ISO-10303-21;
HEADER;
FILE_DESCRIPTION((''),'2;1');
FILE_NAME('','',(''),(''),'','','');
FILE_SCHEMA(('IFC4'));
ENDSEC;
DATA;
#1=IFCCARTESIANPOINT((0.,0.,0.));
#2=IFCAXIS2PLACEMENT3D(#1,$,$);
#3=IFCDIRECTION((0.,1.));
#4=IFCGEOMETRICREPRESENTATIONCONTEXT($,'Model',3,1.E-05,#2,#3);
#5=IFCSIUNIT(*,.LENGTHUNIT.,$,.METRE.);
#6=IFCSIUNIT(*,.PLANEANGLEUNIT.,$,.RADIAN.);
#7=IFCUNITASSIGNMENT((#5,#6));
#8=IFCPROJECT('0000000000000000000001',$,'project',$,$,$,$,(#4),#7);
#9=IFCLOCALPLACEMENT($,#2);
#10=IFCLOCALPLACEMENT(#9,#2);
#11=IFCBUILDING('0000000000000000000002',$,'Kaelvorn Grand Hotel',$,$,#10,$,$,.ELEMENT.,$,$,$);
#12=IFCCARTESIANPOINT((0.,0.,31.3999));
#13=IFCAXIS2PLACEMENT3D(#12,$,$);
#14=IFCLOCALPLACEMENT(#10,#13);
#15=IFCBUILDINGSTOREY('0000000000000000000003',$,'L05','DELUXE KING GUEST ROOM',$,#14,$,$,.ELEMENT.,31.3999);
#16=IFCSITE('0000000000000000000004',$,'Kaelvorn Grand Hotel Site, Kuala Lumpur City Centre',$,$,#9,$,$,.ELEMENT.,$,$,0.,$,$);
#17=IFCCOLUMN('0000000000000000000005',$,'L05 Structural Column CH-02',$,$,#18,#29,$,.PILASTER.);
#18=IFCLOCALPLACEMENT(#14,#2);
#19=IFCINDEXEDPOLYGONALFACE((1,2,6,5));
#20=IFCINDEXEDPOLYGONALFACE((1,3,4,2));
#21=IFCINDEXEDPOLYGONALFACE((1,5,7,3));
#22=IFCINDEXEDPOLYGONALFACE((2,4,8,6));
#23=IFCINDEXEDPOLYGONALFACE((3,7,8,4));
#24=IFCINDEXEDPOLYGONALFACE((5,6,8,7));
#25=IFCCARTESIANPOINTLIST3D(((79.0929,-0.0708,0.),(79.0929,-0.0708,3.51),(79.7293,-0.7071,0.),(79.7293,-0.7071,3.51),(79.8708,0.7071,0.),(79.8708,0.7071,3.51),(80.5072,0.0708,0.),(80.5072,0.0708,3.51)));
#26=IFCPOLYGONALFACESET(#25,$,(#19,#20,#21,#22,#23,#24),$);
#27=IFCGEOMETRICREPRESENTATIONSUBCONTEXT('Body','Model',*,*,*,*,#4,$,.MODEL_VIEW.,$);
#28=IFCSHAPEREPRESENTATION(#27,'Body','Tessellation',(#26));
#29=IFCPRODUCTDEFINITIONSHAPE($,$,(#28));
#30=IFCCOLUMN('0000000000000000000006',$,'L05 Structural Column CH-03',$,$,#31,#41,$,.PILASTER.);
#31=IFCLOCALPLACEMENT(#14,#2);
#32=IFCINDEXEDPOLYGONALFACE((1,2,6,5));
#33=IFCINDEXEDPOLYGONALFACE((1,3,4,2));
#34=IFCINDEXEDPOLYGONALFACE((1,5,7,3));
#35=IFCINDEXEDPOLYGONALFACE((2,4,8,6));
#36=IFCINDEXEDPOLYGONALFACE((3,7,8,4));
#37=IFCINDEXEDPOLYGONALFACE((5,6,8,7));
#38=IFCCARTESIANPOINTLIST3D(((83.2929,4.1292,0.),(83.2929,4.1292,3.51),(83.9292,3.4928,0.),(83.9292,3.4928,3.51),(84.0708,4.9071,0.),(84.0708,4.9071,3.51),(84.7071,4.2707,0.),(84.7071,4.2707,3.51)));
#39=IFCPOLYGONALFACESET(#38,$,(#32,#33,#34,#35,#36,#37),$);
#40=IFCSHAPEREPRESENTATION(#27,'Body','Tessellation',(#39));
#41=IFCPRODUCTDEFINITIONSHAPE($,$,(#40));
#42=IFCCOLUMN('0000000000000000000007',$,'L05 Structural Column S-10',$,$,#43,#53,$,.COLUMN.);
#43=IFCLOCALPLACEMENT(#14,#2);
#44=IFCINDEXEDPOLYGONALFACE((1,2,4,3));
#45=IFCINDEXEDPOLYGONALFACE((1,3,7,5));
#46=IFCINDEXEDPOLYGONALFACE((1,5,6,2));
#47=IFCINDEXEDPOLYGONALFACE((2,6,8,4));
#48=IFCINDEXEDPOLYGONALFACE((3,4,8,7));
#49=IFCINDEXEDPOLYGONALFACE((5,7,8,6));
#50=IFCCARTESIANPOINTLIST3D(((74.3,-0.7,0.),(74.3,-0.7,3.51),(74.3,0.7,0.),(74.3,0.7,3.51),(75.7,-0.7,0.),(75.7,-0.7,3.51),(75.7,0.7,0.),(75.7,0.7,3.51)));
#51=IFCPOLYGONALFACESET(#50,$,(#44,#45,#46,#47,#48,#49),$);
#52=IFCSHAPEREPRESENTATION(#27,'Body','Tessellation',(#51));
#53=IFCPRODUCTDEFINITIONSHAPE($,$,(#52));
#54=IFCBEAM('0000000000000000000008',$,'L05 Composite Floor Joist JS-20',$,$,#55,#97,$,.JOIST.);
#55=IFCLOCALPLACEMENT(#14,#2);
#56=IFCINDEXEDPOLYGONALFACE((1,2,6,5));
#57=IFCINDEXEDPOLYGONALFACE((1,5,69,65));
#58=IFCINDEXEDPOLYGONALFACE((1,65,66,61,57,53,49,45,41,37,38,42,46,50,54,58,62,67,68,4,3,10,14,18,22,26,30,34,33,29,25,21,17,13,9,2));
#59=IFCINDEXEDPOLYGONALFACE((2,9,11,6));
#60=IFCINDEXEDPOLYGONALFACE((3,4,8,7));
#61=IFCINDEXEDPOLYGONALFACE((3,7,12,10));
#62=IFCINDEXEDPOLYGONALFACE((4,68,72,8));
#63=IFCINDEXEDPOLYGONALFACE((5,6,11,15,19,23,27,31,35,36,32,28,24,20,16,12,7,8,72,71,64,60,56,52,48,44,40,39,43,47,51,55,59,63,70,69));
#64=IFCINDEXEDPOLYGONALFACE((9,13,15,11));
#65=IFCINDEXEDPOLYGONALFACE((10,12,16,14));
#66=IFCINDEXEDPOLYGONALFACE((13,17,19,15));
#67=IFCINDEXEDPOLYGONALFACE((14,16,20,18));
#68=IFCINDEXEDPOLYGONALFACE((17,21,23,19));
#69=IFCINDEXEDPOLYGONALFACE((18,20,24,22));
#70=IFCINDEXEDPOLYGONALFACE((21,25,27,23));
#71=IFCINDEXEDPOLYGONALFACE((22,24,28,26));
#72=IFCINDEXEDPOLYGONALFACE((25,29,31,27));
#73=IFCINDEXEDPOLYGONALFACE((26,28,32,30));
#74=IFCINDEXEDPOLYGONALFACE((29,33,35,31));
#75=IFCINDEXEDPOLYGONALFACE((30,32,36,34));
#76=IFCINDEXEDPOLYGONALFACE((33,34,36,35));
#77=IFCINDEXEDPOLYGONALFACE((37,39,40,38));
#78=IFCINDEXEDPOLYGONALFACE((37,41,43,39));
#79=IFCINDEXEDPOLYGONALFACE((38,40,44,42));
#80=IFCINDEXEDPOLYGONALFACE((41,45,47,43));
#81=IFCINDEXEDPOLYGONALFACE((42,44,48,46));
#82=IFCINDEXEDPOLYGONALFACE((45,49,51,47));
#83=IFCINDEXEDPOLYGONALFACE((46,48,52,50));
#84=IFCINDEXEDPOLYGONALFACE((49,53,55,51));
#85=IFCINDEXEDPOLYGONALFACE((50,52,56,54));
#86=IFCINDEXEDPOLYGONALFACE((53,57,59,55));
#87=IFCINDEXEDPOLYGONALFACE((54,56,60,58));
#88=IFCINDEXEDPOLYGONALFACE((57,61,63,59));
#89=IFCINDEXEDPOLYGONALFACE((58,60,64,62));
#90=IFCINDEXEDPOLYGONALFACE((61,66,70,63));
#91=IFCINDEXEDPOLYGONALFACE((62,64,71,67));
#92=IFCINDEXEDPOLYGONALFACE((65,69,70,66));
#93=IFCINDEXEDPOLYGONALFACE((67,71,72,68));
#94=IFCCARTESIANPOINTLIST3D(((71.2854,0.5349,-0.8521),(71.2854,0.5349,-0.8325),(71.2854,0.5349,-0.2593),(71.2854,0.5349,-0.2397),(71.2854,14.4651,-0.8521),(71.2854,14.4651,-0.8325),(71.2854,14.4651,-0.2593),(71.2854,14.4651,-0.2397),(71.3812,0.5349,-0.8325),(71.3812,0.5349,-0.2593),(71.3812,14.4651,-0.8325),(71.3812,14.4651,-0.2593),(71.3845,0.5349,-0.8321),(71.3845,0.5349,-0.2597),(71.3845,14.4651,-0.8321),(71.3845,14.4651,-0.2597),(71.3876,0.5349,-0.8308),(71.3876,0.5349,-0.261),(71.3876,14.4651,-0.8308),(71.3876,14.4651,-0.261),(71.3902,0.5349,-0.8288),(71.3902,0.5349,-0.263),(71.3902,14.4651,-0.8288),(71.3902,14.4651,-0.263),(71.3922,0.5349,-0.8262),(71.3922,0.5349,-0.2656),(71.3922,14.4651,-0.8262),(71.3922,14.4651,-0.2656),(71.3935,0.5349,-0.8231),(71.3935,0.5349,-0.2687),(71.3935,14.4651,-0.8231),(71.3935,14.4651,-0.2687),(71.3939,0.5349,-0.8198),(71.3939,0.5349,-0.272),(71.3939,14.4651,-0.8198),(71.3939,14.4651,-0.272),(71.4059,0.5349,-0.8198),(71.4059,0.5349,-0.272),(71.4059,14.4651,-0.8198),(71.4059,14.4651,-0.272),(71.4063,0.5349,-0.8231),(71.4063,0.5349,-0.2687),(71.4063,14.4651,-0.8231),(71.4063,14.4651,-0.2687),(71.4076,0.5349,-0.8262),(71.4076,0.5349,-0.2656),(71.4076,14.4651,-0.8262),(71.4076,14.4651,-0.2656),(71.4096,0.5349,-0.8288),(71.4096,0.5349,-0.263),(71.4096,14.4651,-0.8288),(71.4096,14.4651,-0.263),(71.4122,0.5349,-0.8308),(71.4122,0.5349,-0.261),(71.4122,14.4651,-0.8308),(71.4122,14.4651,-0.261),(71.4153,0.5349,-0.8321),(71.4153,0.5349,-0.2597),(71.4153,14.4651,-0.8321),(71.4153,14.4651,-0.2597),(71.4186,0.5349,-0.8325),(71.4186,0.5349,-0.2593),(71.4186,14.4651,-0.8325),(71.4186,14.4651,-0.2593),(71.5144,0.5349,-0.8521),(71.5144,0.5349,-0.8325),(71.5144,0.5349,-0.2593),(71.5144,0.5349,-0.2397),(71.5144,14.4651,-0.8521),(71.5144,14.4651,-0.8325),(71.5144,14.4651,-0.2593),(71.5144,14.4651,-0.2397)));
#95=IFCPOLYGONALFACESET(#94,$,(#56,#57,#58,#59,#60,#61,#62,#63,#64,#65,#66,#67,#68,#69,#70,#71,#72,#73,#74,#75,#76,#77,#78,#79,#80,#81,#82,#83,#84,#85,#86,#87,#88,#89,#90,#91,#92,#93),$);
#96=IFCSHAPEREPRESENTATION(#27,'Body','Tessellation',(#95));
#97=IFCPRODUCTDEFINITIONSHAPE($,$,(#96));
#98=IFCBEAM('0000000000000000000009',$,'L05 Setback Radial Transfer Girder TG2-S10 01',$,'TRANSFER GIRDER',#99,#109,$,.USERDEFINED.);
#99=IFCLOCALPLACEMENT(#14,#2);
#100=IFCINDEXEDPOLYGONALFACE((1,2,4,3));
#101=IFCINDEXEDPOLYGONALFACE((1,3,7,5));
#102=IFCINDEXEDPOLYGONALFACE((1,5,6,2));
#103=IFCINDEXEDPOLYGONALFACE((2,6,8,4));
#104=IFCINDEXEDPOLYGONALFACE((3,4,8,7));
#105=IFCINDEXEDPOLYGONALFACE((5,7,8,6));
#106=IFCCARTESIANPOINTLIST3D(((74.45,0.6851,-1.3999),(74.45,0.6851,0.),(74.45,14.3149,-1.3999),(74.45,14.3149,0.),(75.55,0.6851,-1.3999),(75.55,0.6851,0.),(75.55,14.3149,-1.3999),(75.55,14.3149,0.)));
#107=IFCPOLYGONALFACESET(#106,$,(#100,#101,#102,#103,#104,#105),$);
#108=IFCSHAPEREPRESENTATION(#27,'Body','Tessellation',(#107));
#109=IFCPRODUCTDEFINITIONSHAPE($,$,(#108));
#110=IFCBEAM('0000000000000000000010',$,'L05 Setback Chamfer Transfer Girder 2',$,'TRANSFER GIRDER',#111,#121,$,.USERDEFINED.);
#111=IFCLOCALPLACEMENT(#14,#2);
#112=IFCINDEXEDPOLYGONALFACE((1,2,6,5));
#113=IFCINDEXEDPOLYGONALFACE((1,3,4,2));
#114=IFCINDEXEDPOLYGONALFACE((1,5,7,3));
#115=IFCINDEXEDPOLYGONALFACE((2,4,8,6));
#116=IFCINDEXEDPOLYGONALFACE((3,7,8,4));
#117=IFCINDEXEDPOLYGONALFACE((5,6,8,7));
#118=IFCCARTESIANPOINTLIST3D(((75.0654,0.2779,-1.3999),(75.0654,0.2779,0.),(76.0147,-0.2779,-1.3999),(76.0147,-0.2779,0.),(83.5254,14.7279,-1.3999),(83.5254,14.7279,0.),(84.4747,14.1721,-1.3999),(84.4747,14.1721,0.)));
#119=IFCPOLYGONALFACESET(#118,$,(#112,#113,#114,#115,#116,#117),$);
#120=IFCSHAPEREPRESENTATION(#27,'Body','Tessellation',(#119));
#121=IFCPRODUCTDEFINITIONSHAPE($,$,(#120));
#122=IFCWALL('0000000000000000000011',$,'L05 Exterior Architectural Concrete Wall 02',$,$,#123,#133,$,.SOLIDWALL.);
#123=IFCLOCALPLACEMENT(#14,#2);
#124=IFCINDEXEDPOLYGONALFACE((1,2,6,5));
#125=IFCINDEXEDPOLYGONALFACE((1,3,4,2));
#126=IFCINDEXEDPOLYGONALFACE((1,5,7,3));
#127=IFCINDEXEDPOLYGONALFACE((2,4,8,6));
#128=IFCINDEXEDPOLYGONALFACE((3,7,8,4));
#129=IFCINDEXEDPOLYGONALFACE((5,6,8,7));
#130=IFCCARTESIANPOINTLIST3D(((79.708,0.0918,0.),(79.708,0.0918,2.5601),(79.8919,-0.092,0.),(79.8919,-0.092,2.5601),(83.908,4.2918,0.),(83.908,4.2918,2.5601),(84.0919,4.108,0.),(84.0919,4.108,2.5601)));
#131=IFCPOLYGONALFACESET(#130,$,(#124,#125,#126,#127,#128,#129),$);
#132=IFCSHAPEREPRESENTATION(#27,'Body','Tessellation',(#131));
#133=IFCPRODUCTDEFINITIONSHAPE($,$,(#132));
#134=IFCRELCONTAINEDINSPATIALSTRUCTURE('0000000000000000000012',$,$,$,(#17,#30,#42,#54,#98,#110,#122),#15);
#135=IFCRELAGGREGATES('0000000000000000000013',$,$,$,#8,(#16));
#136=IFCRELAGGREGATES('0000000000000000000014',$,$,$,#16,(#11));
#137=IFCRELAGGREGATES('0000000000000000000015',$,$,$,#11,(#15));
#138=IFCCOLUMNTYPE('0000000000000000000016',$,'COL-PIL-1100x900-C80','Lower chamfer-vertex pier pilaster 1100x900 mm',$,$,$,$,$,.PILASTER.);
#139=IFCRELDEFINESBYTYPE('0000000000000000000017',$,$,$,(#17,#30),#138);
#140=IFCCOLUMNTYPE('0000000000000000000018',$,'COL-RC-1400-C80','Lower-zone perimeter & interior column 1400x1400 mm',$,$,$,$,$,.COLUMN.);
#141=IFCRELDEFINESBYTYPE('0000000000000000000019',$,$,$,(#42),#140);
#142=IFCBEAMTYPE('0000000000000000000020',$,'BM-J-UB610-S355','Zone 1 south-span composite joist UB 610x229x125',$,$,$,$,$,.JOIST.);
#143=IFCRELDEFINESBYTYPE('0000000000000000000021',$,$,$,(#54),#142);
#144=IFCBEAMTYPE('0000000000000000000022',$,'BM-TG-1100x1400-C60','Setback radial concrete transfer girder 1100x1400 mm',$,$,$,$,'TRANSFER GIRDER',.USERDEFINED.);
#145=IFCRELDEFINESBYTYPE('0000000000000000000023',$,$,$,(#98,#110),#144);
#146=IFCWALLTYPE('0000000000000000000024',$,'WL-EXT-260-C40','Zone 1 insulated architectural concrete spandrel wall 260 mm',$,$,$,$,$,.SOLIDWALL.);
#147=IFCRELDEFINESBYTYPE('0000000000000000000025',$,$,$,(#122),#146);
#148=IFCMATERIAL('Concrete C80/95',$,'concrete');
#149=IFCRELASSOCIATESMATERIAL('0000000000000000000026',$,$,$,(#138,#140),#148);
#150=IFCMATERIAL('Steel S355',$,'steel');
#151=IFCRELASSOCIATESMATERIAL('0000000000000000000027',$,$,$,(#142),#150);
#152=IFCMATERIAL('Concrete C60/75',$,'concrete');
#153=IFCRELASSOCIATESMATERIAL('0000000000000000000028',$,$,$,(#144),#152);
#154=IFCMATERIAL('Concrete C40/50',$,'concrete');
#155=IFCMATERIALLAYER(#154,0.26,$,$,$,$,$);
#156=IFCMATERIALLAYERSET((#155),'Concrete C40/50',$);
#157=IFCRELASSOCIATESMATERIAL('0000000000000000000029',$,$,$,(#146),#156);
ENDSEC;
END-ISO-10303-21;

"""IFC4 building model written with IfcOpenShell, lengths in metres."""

from ifc_helpers import new_model, si_unit, direction, frame, frame_2d, origin, origin_2d, place, context, subcontext, project, spatial, rectangle, i_section, extrude, material, layer, layer_set, material_profile, profile_set, type_object, element, save


model = new_model("IFC4")

# Units and contexts
model_context = context("Model", 3, precision=1e-05, world=origin(), true_north=direction((0.0, 1.0)))
body_context = subcontext(model_context, "Body", "Model", "MODEL_VIEW")
ifc_project = project(units=[si_unit("LENGTHUNIT", "METRE"), si_unit("PLANEANGLEUNIT", "RADIAN")], contexts=[model_context])

# Site, building, storey
site_placement = place(None, origin())
site = spatial("IfcSite", under=ifc_project, at=site_placement, Name="Kaelvorn Grand Hotel Site, Kuala Lumpur City Centre", CompositionType="ELEMENT", RefElevation=0.0)
building_placement = place(site_placement, origin())
building = spatial("IfcBuilding", under=site, at=building_placement, Name="Kaelvorn Grand Hotel", CompositionType="ELEMENT")
storey_placement = place(building_placement, frame((0.0, 0.0, 31.3999)))
storey = spatial("IfcBuildingStorey", under=building, at=storey_placement, Name="L05", Description="DELUXE KING GUEST ROOM", CompositionType="ELEMENT", Elevation=31.3999)

# Columns
ifc_material_1 = material(Name="Concrete C80/95", Category="concrete")
ifc_material_profile_1 = material_profile(ifc_material_1, rectangle(XDim=1.1001, YDim=0.8999, at=origin_2d()), Name="RC PILASTER 1100x900")
ifc_profile_set_1 = profile_set([ifc_material_profile_1], Name="Concrete C80/95")
column_type_1 = type_object("IfcColumnType", Name="COL-PIL-1100x900-C80", Description="Lower chamfer-vertex pier pilaster 1100x900 mm", PredefinedType="PILASTER", material=ifc_profile_set_1)
for number, where, z_axis, x_axis, name in (
    (1, (79.8, 0.0, 0.0), (0.0, 0.0, 1.0), (0.707107, 0.707107, 0.0), "L05 Structural Column CH-02"),
    (2, (84.0, 4.2, 0.0), (0.0, 0.0, 1.0), (0.707107, 0.707107, 0.0), "L05 Structural Column CH-03"),
):
    element("IfcColumn", number, at=place(storey_placement, frame(where, z_axis=z_axis, x_axis=x_axis)), inside=storey, type_object=column_type_1, Name=name, PredefinedType="PILASTER", context=body_context, shape_type="SweptSolid", body=[
        extrude(rectangle(XDim=1.1001, YDim=0.8999, at=origin_2d()), origin(), (0.0, 0.0, 1.0), 3.51),
    ])
ifc_material_profile_2 = material_profile(ifc_material_1, rectangle(XDim=1.3999, YDim=1.3999, at=origin_2d()), Name="RC COL 1400x1400")
ifc_profile_set_2 = profile_set([ifc_material_profile_2], Name="Concrete C80/95")
column_type_2 = type_object("IfcColumnType", Name="COL-RC-1400-C80", Description="Lower-zone perimeter & interior column 1400x1400 mm", PredefinedType="COLUMN", material=ifc_profile_set_2)
column_placement = place(storey_placement, frame((75.0, 0.0, 0.0), z_axis=(0.0, 0.0, 1.0), x_axis=(1.0, 0.0, 0.0)))
element("IfcColumn", 3, at=column_placement, inside=storey, type_object=column_type_2, Name="L05 Structural Column S-10", PredefinedType="COLUMN", context=body_context, shape_type="SweptSolid", body=[
    extrude(rectangle(XDim=1.3999, YDim=1.3999, at=origin_2d()), origin(), (0.0, 0.0, 1.0), 3.51),
])

# Beams
ifc_material_2 = material(Name="Steel S355", Category="steel")
ifc_material_profile_3 = material_profile(ifc_material_2, i_section(OverallWidth=0.229, OverallDepth=0.6123, WebThickness=0.012, FlangeThickness=0.0195, FilletRadius=0.0127, at=origin_2d()), Name="UB 610x229x125")
ifc_profile_set_3 = profile_set([ifc_material_profile_3], Name="Steel S355")
beam_type_1 = type_object("IfcBeamType", Name="BM-J-UB610-S355", Description="Zone 1 south-span composite joist UB 610x229x125", PredefinedType="JOIST", material=ifc_profile_set_3)
beam_1_placement = place(storey_placement, frame((71.3999, 0.5349, -0.5459), z_axis=(0.0, 1.0, 0.0), x_axis=(-1.0, 0.0, 0.0)))
element("IfcBeam", 4, at=beam_1_placement, inside=storey, type_object=beam_type_1, Name="L05 Composite Floor Joist JS-20", PredefinedType="JOIST", context=body_context, shape_type="SweptSolid", body=[
    extrude(i_section(OverallWidth=0.229, OverallDepth=0.6123, WebThickness=0.012, FlangeThickness=0.0195, FilletRadius=0.0127, at=origin_2d()), origin(), (0.0, 0.0, 1.0), 13.9302),
])
ifc_material_3 = material(Name="Concrete C60/75", Category="concrete")
ifc_material_profile_4 = material_profile(ifc_material_3, rectangle(XDim=1.1001, YDim=1.3999, at=origin_2d()), Name="RC TG 1100x1400")
ifc_profile_set_4 = profile_set([ifc_material_profile_4], Name="Concrete C60/75")
beam_type_2 = type_object("IfcBeamType", Name="BM-TG-1100x1400-C60", Description="Setback radial concrete transfer girder 1100x1400 mm", ElementType="TRANSFER GIRDER", PredefinedType="USERDEFINED", material=ifc_profile_set_4)
beam_2_placement = place(storey_placement, frame((75.0, 0.6851, -0.7), z_axis=(0.0, 1.0, 0.0), x_axis=(-1.0, 0.0, 0.0)))
element("IfcBeam", 5, at=beam_2_placement, inside=storey, type_object=beam_type_2, Name="L05 Setback Radial Transfer Girder TG2-S10 01", ObjectType="TRANSFER GIRDER", PredefinedType="USERDEFINED", context=body_context, shape_type="SweptSolid", body=[
    extrude(rectangle(XDim=1.1001, YDim=1.3999, at=origin_2d()), origin(), (0.0, 0.0, 1.0), 13.6299),
])
beam_3_placement = place(storey_placement, frame((75.54, 0.0, -0.7), z_axis=(0.505244, 0.862977, 0.0), x_axis=(-0.862977, 0.505244, 0.0)))
element("IfcBeam", 6, at=beam_3_placement, inside=storey, type_object=beam_type_2, Name="L05 Setback Chamfer Transfer Girder 2", ObjectType="TRANSFER GIRDER", PredefinedType="USERDEFINED", context=body_context, shape_type="SweptSolid", body=[
    extrude(rectangle(XDim=1.1001, YDim=1.3999, at=origin_2d()), origin(), (0.0, 0.0, 1.0), 16.7444),
])

# Wall
ifc_material_4 = material(Name="Concrete C40/50", Category="concrete")
ifc_layer_1 = layer(ifc_material_4, 0.26)
ifc_layer_set_1 = layer_set([ifc_layer_1], Name="Concrete C40/50")
wall_type_1 = type_object("IfcWallType", Name="WL-EXT-260-C40", Description="Zone 1 insulated architectural concrete spandrel wall 260 mm", PredefinedType="SOLIDWALL", material=ifc_layer_set_1)
wall_1_placement = place(storey_placement, frame((79.8, 0.0, 0.0), z_axis=(0.0, 0.0, 1.0), x_axis=(0.707107, 0.707107, 0.0)))
element("IfcWall", 7, at=wall_1_placement, inside=storey, type_object=wall_type_1, Name="L05 Exterior Architectural Concrete Wall 02", PredefinedType="SOLIDWALL", context=body_context, shape_type="SweptSolid", body=[
    extrude(rectangle(XDim=5.9397, YDim=0.26, at=frame_2d((2.9697, 0.0))), origin(), (0.0, 0.0, 1.0), 2.5601),
])

save(model, "model.ifc")
